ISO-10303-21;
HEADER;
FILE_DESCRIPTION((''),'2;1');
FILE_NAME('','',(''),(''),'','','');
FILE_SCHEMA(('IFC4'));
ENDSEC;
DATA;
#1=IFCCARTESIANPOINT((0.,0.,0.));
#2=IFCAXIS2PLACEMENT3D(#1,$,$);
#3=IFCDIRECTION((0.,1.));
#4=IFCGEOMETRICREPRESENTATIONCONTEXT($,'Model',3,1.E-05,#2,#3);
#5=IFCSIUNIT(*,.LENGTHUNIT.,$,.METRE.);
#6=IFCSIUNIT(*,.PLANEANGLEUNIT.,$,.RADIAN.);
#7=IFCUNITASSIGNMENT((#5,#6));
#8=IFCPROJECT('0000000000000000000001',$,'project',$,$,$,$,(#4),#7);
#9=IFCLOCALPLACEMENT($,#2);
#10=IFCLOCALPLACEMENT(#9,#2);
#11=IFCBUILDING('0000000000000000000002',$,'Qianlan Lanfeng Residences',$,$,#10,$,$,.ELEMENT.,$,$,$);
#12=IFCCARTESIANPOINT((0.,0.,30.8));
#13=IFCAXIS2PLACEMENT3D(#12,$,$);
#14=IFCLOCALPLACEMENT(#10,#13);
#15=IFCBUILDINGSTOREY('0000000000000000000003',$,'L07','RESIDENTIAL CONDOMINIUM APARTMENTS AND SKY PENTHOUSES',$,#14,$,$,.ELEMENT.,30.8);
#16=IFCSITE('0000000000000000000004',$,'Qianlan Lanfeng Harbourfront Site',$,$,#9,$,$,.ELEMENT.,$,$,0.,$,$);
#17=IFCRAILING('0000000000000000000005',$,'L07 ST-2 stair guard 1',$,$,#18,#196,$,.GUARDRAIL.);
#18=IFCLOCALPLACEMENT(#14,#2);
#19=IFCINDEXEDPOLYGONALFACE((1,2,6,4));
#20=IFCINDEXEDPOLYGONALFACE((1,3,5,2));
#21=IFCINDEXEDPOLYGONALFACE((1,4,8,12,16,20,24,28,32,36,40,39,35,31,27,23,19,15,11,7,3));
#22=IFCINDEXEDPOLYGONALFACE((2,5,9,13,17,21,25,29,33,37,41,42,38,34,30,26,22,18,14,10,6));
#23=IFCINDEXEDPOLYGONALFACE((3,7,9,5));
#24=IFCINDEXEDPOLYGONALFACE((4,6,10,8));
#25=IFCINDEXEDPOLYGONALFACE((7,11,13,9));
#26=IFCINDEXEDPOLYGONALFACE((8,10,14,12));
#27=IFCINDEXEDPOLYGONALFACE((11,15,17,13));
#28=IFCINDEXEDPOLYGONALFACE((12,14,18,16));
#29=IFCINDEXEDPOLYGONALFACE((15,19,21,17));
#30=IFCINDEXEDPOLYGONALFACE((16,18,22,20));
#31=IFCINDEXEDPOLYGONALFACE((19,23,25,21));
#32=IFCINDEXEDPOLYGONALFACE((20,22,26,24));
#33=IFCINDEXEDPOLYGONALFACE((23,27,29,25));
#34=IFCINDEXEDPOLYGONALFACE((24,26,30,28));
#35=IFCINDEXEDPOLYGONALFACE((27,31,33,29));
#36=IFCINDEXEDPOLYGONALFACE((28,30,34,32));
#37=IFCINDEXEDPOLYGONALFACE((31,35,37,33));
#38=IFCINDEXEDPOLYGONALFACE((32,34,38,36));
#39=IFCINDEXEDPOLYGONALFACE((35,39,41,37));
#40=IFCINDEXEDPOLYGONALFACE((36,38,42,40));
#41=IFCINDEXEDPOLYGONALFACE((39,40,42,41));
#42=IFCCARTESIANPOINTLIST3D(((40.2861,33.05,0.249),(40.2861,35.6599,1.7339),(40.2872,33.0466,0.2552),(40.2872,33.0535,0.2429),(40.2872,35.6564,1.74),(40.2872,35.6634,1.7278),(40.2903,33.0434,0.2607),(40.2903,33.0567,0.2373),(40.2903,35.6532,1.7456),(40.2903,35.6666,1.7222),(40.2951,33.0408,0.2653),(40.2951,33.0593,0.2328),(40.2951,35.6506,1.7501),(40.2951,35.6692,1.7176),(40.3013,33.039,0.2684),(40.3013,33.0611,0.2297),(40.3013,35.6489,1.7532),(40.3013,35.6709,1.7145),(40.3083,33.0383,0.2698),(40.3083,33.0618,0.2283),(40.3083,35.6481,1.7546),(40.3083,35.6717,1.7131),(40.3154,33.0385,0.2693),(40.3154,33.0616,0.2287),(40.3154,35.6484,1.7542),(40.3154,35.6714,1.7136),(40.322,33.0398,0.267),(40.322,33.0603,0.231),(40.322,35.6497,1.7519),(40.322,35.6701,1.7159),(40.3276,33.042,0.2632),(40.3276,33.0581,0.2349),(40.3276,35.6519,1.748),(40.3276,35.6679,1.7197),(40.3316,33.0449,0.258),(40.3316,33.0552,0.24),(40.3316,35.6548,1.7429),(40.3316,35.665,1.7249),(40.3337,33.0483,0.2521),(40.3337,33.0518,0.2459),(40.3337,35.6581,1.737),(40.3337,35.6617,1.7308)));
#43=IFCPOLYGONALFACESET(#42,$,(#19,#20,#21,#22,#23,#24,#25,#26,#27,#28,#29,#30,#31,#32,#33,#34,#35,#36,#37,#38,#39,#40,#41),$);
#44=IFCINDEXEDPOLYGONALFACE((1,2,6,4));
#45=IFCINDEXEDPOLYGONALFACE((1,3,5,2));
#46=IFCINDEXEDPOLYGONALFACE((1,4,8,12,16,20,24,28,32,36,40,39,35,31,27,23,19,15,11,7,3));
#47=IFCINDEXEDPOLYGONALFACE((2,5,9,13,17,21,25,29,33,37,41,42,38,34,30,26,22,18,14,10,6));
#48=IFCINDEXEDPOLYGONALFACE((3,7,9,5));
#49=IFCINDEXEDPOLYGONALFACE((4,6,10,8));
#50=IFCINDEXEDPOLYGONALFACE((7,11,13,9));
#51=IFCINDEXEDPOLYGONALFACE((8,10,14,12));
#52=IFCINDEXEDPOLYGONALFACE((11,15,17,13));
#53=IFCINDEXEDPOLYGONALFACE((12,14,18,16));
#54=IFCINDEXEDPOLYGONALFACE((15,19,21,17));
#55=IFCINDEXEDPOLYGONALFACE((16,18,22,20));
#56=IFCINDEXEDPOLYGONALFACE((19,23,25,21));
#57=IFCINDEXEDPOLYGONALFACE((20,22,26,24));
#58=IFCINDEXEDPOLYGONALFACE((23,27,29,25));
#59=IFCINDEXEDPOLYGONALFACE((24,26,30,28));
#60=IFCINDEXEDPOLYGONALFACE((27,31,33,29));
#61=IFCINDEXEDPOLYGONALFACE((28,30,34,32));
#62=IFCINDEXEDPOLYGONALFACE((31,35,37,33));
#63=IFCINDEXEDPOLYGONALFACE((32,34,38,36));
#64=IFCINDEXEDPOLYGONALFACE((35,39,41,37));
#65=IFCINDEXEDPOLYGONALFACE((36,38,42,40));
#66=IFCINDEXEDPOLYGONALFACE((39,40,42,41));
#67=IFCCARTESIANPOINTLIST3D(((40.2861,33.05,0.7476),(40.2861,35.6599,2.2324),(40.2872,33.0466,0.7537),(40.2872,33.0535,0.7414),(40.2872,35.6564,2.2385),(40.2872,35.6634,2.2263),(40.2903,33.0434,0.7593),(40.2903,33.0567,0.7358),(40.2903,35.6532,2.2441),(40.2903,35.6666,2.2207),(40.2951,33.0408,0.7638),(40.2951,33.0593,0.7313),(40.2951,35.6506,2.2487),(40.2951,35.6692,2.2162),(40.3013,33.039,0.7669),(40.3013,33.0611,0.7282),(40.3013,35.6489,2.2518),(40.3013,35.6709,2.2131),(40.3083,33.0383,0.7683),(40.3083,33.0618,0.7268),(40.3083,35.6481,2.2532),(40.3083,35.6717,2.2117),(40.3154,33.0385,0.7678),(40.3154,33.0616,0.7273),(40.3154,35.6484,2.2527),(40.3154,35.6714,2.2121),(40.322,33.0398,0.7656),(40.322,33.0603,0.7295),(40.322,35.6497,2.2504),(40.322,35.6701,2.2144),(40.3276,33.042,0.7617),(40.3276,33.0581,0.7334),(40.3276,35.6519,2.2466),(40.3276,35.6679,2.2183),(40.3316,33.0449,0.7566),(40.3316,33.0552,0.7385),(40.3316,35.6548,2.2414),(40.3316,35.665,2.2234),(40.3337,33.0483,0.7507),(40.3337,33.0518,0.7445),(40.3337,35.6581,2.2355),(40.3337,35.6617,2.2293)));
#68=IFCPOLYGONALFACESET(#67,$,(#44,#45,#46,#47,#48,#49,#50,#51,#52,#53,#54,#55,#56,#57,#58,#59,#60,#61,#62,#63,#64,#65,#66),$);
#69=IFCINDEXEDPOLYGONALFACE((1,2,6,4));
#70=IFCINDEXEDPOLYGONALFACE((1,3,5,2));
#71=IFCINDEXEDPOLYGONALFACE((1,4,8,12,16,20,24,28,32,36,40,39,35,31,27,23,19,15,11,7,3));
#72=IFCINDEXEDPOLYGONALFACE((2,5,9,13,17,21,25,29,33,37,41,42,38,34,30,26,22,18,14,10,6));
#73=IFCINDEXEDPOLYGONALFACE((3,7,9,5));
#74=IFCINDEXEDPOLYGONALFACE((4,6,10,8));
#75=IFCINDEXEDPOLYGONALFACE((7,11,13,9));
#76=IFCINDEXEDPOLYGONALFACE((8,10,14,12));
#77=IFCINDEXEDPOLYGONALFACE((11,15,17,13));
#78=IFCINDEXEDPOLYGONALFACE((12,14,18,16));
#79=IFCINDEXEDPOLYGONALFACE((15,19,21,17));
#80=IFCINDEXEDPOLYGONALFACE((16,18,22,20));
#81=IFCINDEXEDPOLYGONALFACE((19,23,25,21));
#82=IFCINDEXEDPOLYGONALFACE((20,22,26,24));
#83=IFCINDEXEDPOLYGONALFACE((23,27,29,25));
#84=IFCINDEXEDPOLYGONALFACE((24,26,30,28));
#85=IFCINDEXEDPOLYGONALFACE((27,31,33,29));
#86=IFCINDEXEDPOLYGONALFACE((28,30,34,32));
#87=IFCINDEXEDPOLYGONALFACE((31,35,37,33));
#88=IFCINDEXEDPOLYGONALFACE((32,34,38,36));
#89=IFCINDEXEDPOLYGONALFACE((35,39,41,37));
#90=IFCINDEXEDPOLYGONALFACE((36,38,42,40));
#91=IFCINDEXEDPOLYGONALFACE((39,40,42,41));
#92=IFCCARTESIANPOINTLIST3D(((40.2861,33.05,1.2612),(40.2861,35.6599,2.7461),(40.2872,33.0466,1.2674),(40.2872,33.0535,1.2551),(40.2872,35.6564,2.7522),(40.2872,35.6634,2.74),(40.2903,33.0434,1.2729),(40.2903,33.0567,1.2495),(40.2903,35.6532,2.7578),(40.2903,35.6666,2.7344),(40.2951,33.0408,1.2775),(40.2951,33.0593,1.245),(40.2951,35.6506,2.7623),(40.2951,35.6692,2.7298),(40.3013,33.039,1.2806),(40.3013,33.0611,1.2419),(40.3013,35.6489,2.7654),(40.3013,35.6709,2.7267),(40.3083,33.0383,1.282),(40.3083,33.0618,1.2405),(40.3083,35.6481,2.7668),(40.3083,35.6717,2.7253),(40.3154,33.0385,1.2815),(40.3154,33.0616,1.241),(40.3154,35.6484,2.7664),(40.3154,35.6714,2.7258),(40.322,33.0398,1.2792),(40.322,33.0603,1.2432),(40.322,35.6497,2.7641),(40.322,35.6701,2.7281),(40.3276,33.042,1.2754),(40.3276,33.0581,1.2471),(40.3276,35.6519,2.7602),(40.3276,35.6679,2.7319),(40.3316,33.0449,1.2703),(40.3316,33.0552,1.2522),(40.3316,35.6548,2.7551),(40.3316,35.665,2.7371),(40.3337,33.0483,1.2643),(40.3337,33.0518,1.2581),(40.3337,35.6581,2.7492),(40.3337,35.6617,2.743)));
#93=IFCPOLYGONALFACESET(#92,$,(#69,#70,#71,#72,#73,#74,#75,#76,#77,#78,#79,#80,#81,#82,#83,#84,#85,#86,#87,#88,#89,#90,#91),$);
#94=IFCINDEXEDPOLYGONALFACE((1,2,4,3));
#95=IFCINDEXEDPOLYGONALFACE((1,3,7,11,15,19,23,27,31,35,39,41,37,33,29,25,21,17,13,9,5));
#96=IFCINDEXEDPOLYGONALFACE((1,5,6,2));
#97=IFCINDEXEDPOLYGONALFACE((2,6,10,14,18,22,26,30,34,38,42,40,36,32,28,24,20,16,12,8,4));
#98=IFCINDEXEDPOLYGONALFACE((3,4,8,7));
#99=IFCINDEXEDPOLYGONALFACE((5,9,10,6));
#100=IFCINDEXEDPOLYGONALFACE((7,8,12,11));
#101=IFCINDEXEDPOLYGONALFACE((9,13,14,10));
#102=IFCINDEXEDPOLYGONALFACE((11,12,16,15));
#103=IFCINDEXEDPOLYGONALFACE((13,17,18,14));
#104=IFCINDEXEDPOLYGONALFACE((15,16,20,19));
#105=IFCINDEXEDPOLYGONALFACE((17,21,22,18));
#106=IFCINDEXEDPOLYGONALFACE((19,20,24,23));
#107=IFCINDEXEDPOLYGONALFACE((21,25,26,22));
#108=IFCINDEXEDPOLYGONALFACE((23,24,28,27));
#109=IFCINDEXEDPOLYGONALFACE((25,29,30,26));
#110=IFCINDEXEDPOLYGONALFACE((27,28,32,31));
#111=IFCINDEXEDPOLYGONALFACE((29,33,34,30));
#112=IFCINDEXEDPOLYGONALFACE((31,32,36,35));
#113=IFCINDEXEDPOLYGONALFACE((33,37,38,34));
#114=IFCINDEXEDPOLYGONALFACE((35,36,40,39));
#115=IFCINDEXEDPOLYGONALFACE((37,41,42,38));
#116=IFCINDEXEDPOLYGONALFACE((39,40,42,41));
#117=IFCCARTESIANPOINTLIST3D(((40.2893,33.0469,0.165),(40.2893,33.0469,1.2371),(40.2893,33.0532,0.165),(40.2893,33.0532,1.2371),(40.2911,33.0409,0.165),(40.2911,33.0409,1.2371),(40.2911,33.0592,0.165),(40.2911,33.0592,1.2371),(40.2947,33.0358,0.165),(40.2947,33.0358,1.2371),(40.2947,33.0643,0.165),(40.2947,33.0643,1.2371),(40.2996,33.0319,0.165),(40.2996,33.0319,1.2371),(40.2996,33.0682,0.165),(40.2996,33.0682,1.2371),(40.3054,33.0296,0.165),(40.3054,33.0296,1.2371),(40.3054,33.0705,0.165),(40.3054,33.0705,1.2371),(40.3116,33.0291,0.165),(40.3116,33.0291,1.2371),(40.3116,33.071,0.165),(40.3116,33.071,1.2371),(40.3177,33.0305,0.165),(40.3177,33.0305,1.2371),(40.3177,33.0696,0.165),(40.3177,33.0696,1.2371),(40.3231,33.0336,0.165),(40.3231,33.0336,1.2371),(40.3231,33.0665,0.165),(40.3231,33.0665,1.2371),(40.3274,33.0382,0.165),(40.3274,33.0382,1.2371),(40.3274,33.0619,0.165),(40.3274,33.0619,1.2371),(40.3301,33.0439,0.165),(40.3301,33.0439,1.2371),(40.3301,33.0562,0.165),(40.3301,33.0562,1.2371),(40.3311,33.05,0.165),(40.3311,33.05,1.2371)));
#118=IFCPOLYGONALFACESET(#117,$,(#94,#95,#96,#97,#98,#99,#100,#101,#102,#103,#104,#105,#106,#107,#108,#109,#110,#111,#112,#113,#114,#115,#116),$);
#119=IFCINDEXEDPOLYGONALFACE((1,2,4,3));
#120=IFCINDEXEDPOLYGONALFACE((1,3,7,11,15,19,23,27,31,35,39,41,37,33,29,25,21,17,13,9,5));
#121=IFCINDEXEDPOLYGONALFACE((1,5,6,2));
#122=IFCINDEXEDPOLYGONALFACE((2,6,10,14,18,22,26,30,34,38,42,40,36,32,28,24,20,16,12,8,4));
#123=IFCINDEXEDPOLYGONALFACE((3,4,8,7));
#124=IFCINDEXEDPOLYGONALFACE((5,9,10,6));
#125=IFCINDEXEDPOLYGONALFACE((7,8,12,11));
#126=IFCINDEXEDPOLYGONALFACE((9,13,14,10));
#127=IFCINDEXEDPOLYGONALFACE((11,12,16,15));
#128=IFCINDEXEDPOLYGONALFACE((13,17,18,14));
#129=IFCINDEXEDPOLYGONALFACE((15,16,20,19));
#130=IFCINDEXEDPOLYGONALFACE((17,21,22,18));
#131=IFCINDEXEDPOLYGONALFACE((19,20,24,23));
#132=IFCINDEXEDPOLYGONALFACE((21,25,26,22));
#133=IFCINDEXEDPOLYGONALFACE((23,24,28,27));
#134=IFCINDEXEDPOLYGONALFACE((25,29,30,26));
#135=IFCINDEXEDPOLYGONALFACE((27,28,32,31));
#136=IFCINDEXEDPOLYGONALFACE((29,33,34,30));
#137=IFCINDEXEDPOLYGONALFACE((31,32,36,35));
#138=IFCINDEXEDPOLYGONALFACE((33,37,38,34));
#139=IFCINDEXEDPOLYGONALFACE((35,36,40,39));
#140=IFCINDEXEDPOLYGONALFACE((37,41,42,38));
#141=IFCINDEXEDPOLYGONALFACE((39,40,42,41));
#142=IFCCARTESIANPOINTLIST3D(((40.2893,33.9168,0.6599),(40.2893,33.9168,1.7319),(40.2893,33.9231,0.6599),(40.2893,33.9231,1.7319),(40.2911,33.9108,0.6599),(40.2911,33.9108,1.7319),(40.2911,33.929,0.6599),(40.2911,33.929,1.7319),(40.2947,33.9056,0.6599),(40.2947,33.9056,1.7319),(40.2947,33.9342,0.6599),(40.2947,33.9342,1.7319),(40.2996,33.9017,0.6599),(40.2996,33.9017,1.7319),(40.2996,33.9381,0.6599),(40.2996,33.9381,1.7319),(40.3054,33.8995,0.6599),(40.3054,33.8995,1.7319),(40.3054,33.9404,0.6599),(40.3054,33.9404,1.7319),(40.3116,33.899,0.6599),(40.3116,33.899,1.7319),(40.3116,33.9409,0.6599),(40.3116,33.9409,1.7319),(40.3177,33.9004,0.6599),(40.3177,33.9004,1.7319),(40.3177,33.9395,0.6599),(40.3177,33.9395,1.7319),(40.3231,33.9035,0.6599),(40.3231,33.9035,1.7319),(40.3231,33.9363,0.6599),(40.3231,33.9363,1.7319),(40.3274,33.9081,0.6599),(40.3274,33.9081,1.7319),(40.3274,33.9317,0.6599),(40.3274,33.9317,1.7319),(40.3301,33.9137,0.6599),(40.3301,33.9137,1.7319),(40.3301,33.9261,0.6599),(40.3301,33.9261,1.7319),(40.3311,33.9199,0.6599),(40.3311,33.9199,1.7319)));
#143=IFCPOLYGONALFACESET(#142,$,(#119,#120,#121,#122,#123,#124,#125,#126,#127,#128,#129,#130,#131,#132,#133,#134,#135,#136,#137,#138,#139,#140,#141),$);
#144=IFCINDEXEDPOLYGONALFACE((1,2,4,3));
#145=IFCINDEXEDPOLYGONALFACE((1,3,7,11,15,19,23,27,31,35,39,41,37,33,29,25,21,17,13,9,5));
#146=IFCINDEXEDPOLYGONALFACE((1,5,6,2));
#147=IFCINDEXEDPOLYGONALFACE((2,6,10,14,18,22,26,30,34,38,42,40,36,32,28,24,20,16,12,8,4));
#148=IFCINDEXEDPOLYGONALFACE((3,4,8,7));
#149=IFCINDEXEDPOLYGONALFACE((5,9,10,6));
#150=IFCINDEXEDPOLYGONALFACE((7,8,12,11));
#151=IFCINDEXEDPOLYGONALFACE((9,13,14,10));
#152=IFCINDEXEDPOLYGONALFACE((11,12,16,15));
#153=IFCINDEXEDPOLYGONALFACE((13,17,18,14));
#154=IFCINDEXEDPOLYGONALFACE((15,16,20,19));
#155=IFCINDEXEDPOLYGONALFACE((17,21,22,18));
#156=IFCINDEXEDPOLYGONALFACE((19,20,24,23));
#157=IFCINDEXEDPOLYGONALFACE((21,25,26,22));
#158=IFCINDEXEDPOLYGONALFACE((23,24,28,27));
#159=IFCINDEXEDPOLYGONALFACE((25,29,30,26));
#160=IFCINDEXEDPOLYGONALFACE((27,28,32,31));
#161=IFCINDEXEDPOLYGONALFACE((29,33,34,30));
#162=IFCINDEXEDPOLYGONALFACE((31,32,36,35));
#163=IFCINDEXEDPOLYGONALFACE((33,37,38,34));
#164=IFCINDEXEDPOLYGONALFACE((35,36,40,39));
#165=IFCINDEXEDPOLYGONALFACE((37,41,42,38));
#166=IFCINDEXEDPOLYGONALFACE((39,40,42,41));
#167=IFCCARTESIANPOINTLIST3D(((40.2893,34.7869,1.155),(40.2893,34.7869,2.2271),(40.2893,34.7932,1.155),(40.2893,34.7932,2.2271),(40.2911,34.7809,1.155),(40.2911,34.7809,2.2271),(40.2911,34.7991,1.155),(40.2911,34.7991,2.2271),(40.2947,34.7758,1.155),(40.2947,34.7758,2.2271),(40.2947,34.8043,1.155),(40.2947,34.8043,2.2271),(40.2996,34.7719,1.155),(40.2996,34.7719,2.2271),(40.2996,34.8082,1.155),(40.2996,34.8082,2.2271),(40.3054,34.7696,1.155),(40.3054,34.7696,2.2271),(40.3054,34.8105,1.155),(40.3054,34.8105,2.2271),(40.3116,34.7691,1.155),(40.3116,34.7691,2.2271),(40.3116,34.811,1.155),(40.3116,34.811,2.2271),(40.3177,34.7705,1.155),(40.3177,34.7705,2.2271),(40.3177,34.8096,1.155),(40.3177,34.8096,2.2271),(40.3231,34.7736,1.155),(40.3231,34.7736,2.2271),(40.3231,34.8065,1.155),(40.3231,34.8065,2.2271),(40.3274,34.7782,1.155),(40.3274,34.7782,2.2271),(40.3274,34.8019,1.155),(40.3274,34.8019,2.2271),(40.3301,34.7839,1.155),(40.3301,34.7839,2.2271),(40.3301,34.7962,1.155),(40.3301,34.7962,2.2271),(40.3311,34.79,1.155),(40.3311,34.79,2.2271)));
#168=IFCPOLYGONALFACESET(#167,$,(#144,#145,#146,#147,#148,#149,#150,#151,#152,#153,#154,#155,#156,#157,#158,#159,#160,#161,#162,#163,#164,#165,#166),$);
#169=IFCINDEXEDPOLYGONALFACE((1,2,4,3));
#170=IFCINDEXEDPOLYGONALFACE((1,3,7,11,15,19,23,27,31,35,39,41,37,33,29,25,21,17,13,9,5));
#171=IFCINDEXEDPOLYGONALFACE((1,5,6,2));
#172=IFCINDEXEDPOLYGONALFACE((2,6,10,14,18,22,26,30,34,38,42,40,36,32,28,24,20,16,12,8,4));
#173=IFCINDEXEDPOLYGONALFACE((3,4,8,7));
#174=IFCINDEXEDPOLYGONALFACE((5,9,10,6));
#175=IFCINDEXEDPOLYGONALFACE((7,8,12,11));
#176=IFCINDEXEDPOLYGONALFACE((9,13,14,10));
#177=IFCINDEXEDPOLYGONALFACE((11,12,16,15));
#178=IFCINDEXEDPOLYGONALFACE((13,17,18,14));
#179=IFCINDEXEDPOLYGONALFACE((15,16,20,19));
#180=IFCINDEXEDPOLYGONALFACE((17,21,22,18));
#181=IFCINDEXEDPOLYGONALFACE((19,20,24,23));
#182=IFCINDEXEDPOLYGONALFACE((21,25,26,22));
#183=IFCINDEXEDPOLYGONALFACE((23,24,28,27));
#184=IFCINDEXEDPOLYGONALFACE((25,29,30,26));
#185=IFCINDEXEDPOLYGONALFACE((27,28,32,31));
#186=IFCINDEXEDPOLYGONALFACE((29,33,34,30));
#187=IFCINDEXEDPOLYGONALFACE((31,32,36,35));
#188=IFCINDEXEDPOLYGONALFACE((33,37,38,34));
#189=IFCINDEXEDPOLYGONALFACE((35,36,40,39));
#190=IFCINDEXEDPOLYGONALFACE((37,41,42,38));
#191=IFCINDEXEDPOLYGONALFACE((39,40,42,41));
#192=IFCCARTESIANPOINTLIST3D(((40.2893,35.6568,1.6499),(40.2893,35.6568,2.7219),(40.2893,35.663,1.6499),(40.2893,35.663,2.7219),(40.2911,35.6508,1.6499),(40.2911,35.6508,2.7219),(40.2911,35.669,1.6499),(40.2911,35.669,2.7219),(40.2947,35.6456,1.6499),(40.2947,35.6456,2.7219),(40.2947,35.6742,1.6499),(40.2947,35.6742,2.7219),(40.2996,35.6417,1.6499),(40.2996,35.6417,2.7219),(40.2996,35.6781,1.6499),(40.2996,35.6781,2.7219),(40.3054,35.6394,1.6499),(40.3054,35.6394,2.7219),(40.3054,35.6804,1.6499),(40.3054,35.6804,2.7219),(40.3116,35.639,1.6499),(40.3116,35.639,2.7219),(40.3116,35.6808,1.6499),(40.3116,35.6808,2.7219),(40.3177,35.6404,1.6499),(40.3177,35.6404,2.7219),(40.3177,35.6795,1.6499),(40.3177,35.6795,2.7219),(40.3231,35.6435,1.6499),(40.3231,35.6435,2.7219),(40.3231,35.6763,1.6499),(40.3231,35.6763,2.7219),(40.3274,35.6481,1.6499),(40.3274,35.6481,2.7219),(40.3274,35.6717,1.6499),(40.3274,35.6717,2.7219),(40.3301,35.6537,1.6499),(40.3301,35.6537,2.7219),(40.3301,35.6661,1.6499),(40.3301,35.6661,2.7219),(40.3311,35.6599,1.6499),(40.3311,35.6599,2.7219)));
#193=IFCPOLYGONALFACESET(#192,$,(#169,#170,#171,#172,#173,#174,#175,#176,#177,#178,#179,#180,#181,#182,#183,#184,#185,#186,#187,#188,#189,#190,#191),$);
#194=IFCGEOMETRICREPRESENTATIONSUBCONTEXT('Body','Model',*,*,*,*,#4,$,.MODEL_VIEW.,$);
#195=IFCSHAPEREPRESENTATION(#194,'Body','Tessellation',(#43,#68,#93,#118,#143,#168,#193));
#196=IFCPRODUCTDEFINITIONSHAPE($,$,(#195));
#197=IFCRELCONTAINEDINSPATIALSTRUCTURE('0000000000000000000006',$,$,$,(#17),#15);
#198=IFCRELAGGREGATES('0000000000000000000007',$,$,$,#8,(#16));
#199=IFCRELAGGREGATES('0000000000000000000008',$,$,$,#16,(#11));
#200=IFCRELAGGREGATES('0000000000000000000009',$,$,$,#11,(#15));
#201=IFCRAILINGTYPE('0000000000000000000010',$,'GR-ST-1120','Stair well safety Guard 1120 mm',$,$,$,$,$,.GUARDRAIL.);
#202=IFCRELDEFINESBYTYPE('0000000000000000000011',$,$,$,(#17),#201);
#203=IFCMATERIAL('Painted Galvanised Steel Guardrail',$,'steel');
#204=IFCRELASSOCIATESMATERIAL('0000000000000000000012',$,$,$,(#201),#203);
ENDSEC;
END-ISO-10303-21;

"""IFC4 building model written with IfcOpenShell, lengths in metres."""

from ifc_helpers import new_model, si_unit, direction, frame, origin, origin_2d, place, context, subcontext, project, spatial, circle, extrude, material, type_object, element, save


model = new_model("IFC4")

# Units and contexts
model_context = context("Model", 3, precision=1e-05, world=origin(), true_north=direction((0.0, 1.0)))
body_context = subcontext(model_context, "Body", "Model", "MODEL_VIEW")
ifc_project = project(units=[si_unit("LENGTHUNIT", "METRE"), si_unit("PLANEANGLEUNIT", "RADIAN")], contexts=[model_context])

# Site, building, storey
site_placement = place(None, origin())
site = spatial("IfcSite", under=ifc_project, at=site_placement, Name="Qianlan Lanfeng Harbourfront Site", CompositionType="ELEMENT", RefElevation=0.0)
building_placement = place(site_placement, origin())
building = spatial("IfcBuilding", under=site, at=building_placement, Name="Qianlan Lanfeng Residences", CompositionType="ELEMENT")
storey_placement = place(building_placement, frame((0.0, 0.0, 30.8)))
storey = spatial("IfcBuildingStorey", under=building, at=storey_placement, Name="L07", Description="RESIDENTIAL CONDOMINIUM APARTMENTS AND SKY PENTHOUSES", CompositionType="ELEMENT", Elevation=30.8)

# Railing
ifc_material_1 = material(Name="Painted Galvanised Steel Guardrail", Category="steel")
railing_type_1 = type_object("IfcRailingType", Name="GR-ST-1120", Description="Stair well safety Guard 1120 mm", PredefinedType="GUARDRAIL", material=ifc_material_1)
railing_1_placement = place(storey_placement, frame((40.3101, 33.05, 0.165)))
element("IfcRailing", 1, at=railing_1_placement, inside=storey, type_object=railing_type_1, Name="L07 ST-2 stair guard 1", PredefinedType="GUARDRAIL", context=body_context, shape_type="SweptSolid", body=[
    extrude(circle(Radius=0.0239, at=origin_2d()), frame((0.0, 0.0, 0.084), z_axis=(0.0, 0.869172, 0.494509), x_axis=(-1.0, 0.0, 0.0)), (0.0, 0.0, 1.0), 3.0027),
    extrude(circle(Radius=0.0239, at=origin_2d()), frame((0.0, 0.0, 0.5825), z_axis=(0.0, 0.869172, 0.494509), x_axis=(-1.0, 0.0, 0.0)), (0.0, 0.0, 1.0), 3.0027),
    extrude(circle(Radius=0.0239, at=origin_2d()), frame((0.0, 0.0, 1.0962), z_axis=(0.0, 0.869172, 0.494509), x_axis=(-1.0, 0.0, 0.0)), (0.0, 0.0, 1.0), 3.0027),
    extrude(circle(Radius=0.021, at=origin_2d()), origin(), (0.0, 0.0, 1.0), 1.072),
    extrude(circle(Radius=0.021, at=origin_2d()), frame((0.0, 0.8699, 0.4949)), (0.0, 0.0, 1.0), 1.072),
    extrude(circle(Radius=0.021, at=origin_2d()), frame((0.0, 1.74, 0.99)), (0.0, 0.0, 1.0), 1.072),
    extrude(circle(Radius=0.021, at=origin_2d()), frame((0.0, 2.6099, 1.4849)), (0.0, 0.0, 1.0), 1.072),
])

save(model, "model.ifc")
